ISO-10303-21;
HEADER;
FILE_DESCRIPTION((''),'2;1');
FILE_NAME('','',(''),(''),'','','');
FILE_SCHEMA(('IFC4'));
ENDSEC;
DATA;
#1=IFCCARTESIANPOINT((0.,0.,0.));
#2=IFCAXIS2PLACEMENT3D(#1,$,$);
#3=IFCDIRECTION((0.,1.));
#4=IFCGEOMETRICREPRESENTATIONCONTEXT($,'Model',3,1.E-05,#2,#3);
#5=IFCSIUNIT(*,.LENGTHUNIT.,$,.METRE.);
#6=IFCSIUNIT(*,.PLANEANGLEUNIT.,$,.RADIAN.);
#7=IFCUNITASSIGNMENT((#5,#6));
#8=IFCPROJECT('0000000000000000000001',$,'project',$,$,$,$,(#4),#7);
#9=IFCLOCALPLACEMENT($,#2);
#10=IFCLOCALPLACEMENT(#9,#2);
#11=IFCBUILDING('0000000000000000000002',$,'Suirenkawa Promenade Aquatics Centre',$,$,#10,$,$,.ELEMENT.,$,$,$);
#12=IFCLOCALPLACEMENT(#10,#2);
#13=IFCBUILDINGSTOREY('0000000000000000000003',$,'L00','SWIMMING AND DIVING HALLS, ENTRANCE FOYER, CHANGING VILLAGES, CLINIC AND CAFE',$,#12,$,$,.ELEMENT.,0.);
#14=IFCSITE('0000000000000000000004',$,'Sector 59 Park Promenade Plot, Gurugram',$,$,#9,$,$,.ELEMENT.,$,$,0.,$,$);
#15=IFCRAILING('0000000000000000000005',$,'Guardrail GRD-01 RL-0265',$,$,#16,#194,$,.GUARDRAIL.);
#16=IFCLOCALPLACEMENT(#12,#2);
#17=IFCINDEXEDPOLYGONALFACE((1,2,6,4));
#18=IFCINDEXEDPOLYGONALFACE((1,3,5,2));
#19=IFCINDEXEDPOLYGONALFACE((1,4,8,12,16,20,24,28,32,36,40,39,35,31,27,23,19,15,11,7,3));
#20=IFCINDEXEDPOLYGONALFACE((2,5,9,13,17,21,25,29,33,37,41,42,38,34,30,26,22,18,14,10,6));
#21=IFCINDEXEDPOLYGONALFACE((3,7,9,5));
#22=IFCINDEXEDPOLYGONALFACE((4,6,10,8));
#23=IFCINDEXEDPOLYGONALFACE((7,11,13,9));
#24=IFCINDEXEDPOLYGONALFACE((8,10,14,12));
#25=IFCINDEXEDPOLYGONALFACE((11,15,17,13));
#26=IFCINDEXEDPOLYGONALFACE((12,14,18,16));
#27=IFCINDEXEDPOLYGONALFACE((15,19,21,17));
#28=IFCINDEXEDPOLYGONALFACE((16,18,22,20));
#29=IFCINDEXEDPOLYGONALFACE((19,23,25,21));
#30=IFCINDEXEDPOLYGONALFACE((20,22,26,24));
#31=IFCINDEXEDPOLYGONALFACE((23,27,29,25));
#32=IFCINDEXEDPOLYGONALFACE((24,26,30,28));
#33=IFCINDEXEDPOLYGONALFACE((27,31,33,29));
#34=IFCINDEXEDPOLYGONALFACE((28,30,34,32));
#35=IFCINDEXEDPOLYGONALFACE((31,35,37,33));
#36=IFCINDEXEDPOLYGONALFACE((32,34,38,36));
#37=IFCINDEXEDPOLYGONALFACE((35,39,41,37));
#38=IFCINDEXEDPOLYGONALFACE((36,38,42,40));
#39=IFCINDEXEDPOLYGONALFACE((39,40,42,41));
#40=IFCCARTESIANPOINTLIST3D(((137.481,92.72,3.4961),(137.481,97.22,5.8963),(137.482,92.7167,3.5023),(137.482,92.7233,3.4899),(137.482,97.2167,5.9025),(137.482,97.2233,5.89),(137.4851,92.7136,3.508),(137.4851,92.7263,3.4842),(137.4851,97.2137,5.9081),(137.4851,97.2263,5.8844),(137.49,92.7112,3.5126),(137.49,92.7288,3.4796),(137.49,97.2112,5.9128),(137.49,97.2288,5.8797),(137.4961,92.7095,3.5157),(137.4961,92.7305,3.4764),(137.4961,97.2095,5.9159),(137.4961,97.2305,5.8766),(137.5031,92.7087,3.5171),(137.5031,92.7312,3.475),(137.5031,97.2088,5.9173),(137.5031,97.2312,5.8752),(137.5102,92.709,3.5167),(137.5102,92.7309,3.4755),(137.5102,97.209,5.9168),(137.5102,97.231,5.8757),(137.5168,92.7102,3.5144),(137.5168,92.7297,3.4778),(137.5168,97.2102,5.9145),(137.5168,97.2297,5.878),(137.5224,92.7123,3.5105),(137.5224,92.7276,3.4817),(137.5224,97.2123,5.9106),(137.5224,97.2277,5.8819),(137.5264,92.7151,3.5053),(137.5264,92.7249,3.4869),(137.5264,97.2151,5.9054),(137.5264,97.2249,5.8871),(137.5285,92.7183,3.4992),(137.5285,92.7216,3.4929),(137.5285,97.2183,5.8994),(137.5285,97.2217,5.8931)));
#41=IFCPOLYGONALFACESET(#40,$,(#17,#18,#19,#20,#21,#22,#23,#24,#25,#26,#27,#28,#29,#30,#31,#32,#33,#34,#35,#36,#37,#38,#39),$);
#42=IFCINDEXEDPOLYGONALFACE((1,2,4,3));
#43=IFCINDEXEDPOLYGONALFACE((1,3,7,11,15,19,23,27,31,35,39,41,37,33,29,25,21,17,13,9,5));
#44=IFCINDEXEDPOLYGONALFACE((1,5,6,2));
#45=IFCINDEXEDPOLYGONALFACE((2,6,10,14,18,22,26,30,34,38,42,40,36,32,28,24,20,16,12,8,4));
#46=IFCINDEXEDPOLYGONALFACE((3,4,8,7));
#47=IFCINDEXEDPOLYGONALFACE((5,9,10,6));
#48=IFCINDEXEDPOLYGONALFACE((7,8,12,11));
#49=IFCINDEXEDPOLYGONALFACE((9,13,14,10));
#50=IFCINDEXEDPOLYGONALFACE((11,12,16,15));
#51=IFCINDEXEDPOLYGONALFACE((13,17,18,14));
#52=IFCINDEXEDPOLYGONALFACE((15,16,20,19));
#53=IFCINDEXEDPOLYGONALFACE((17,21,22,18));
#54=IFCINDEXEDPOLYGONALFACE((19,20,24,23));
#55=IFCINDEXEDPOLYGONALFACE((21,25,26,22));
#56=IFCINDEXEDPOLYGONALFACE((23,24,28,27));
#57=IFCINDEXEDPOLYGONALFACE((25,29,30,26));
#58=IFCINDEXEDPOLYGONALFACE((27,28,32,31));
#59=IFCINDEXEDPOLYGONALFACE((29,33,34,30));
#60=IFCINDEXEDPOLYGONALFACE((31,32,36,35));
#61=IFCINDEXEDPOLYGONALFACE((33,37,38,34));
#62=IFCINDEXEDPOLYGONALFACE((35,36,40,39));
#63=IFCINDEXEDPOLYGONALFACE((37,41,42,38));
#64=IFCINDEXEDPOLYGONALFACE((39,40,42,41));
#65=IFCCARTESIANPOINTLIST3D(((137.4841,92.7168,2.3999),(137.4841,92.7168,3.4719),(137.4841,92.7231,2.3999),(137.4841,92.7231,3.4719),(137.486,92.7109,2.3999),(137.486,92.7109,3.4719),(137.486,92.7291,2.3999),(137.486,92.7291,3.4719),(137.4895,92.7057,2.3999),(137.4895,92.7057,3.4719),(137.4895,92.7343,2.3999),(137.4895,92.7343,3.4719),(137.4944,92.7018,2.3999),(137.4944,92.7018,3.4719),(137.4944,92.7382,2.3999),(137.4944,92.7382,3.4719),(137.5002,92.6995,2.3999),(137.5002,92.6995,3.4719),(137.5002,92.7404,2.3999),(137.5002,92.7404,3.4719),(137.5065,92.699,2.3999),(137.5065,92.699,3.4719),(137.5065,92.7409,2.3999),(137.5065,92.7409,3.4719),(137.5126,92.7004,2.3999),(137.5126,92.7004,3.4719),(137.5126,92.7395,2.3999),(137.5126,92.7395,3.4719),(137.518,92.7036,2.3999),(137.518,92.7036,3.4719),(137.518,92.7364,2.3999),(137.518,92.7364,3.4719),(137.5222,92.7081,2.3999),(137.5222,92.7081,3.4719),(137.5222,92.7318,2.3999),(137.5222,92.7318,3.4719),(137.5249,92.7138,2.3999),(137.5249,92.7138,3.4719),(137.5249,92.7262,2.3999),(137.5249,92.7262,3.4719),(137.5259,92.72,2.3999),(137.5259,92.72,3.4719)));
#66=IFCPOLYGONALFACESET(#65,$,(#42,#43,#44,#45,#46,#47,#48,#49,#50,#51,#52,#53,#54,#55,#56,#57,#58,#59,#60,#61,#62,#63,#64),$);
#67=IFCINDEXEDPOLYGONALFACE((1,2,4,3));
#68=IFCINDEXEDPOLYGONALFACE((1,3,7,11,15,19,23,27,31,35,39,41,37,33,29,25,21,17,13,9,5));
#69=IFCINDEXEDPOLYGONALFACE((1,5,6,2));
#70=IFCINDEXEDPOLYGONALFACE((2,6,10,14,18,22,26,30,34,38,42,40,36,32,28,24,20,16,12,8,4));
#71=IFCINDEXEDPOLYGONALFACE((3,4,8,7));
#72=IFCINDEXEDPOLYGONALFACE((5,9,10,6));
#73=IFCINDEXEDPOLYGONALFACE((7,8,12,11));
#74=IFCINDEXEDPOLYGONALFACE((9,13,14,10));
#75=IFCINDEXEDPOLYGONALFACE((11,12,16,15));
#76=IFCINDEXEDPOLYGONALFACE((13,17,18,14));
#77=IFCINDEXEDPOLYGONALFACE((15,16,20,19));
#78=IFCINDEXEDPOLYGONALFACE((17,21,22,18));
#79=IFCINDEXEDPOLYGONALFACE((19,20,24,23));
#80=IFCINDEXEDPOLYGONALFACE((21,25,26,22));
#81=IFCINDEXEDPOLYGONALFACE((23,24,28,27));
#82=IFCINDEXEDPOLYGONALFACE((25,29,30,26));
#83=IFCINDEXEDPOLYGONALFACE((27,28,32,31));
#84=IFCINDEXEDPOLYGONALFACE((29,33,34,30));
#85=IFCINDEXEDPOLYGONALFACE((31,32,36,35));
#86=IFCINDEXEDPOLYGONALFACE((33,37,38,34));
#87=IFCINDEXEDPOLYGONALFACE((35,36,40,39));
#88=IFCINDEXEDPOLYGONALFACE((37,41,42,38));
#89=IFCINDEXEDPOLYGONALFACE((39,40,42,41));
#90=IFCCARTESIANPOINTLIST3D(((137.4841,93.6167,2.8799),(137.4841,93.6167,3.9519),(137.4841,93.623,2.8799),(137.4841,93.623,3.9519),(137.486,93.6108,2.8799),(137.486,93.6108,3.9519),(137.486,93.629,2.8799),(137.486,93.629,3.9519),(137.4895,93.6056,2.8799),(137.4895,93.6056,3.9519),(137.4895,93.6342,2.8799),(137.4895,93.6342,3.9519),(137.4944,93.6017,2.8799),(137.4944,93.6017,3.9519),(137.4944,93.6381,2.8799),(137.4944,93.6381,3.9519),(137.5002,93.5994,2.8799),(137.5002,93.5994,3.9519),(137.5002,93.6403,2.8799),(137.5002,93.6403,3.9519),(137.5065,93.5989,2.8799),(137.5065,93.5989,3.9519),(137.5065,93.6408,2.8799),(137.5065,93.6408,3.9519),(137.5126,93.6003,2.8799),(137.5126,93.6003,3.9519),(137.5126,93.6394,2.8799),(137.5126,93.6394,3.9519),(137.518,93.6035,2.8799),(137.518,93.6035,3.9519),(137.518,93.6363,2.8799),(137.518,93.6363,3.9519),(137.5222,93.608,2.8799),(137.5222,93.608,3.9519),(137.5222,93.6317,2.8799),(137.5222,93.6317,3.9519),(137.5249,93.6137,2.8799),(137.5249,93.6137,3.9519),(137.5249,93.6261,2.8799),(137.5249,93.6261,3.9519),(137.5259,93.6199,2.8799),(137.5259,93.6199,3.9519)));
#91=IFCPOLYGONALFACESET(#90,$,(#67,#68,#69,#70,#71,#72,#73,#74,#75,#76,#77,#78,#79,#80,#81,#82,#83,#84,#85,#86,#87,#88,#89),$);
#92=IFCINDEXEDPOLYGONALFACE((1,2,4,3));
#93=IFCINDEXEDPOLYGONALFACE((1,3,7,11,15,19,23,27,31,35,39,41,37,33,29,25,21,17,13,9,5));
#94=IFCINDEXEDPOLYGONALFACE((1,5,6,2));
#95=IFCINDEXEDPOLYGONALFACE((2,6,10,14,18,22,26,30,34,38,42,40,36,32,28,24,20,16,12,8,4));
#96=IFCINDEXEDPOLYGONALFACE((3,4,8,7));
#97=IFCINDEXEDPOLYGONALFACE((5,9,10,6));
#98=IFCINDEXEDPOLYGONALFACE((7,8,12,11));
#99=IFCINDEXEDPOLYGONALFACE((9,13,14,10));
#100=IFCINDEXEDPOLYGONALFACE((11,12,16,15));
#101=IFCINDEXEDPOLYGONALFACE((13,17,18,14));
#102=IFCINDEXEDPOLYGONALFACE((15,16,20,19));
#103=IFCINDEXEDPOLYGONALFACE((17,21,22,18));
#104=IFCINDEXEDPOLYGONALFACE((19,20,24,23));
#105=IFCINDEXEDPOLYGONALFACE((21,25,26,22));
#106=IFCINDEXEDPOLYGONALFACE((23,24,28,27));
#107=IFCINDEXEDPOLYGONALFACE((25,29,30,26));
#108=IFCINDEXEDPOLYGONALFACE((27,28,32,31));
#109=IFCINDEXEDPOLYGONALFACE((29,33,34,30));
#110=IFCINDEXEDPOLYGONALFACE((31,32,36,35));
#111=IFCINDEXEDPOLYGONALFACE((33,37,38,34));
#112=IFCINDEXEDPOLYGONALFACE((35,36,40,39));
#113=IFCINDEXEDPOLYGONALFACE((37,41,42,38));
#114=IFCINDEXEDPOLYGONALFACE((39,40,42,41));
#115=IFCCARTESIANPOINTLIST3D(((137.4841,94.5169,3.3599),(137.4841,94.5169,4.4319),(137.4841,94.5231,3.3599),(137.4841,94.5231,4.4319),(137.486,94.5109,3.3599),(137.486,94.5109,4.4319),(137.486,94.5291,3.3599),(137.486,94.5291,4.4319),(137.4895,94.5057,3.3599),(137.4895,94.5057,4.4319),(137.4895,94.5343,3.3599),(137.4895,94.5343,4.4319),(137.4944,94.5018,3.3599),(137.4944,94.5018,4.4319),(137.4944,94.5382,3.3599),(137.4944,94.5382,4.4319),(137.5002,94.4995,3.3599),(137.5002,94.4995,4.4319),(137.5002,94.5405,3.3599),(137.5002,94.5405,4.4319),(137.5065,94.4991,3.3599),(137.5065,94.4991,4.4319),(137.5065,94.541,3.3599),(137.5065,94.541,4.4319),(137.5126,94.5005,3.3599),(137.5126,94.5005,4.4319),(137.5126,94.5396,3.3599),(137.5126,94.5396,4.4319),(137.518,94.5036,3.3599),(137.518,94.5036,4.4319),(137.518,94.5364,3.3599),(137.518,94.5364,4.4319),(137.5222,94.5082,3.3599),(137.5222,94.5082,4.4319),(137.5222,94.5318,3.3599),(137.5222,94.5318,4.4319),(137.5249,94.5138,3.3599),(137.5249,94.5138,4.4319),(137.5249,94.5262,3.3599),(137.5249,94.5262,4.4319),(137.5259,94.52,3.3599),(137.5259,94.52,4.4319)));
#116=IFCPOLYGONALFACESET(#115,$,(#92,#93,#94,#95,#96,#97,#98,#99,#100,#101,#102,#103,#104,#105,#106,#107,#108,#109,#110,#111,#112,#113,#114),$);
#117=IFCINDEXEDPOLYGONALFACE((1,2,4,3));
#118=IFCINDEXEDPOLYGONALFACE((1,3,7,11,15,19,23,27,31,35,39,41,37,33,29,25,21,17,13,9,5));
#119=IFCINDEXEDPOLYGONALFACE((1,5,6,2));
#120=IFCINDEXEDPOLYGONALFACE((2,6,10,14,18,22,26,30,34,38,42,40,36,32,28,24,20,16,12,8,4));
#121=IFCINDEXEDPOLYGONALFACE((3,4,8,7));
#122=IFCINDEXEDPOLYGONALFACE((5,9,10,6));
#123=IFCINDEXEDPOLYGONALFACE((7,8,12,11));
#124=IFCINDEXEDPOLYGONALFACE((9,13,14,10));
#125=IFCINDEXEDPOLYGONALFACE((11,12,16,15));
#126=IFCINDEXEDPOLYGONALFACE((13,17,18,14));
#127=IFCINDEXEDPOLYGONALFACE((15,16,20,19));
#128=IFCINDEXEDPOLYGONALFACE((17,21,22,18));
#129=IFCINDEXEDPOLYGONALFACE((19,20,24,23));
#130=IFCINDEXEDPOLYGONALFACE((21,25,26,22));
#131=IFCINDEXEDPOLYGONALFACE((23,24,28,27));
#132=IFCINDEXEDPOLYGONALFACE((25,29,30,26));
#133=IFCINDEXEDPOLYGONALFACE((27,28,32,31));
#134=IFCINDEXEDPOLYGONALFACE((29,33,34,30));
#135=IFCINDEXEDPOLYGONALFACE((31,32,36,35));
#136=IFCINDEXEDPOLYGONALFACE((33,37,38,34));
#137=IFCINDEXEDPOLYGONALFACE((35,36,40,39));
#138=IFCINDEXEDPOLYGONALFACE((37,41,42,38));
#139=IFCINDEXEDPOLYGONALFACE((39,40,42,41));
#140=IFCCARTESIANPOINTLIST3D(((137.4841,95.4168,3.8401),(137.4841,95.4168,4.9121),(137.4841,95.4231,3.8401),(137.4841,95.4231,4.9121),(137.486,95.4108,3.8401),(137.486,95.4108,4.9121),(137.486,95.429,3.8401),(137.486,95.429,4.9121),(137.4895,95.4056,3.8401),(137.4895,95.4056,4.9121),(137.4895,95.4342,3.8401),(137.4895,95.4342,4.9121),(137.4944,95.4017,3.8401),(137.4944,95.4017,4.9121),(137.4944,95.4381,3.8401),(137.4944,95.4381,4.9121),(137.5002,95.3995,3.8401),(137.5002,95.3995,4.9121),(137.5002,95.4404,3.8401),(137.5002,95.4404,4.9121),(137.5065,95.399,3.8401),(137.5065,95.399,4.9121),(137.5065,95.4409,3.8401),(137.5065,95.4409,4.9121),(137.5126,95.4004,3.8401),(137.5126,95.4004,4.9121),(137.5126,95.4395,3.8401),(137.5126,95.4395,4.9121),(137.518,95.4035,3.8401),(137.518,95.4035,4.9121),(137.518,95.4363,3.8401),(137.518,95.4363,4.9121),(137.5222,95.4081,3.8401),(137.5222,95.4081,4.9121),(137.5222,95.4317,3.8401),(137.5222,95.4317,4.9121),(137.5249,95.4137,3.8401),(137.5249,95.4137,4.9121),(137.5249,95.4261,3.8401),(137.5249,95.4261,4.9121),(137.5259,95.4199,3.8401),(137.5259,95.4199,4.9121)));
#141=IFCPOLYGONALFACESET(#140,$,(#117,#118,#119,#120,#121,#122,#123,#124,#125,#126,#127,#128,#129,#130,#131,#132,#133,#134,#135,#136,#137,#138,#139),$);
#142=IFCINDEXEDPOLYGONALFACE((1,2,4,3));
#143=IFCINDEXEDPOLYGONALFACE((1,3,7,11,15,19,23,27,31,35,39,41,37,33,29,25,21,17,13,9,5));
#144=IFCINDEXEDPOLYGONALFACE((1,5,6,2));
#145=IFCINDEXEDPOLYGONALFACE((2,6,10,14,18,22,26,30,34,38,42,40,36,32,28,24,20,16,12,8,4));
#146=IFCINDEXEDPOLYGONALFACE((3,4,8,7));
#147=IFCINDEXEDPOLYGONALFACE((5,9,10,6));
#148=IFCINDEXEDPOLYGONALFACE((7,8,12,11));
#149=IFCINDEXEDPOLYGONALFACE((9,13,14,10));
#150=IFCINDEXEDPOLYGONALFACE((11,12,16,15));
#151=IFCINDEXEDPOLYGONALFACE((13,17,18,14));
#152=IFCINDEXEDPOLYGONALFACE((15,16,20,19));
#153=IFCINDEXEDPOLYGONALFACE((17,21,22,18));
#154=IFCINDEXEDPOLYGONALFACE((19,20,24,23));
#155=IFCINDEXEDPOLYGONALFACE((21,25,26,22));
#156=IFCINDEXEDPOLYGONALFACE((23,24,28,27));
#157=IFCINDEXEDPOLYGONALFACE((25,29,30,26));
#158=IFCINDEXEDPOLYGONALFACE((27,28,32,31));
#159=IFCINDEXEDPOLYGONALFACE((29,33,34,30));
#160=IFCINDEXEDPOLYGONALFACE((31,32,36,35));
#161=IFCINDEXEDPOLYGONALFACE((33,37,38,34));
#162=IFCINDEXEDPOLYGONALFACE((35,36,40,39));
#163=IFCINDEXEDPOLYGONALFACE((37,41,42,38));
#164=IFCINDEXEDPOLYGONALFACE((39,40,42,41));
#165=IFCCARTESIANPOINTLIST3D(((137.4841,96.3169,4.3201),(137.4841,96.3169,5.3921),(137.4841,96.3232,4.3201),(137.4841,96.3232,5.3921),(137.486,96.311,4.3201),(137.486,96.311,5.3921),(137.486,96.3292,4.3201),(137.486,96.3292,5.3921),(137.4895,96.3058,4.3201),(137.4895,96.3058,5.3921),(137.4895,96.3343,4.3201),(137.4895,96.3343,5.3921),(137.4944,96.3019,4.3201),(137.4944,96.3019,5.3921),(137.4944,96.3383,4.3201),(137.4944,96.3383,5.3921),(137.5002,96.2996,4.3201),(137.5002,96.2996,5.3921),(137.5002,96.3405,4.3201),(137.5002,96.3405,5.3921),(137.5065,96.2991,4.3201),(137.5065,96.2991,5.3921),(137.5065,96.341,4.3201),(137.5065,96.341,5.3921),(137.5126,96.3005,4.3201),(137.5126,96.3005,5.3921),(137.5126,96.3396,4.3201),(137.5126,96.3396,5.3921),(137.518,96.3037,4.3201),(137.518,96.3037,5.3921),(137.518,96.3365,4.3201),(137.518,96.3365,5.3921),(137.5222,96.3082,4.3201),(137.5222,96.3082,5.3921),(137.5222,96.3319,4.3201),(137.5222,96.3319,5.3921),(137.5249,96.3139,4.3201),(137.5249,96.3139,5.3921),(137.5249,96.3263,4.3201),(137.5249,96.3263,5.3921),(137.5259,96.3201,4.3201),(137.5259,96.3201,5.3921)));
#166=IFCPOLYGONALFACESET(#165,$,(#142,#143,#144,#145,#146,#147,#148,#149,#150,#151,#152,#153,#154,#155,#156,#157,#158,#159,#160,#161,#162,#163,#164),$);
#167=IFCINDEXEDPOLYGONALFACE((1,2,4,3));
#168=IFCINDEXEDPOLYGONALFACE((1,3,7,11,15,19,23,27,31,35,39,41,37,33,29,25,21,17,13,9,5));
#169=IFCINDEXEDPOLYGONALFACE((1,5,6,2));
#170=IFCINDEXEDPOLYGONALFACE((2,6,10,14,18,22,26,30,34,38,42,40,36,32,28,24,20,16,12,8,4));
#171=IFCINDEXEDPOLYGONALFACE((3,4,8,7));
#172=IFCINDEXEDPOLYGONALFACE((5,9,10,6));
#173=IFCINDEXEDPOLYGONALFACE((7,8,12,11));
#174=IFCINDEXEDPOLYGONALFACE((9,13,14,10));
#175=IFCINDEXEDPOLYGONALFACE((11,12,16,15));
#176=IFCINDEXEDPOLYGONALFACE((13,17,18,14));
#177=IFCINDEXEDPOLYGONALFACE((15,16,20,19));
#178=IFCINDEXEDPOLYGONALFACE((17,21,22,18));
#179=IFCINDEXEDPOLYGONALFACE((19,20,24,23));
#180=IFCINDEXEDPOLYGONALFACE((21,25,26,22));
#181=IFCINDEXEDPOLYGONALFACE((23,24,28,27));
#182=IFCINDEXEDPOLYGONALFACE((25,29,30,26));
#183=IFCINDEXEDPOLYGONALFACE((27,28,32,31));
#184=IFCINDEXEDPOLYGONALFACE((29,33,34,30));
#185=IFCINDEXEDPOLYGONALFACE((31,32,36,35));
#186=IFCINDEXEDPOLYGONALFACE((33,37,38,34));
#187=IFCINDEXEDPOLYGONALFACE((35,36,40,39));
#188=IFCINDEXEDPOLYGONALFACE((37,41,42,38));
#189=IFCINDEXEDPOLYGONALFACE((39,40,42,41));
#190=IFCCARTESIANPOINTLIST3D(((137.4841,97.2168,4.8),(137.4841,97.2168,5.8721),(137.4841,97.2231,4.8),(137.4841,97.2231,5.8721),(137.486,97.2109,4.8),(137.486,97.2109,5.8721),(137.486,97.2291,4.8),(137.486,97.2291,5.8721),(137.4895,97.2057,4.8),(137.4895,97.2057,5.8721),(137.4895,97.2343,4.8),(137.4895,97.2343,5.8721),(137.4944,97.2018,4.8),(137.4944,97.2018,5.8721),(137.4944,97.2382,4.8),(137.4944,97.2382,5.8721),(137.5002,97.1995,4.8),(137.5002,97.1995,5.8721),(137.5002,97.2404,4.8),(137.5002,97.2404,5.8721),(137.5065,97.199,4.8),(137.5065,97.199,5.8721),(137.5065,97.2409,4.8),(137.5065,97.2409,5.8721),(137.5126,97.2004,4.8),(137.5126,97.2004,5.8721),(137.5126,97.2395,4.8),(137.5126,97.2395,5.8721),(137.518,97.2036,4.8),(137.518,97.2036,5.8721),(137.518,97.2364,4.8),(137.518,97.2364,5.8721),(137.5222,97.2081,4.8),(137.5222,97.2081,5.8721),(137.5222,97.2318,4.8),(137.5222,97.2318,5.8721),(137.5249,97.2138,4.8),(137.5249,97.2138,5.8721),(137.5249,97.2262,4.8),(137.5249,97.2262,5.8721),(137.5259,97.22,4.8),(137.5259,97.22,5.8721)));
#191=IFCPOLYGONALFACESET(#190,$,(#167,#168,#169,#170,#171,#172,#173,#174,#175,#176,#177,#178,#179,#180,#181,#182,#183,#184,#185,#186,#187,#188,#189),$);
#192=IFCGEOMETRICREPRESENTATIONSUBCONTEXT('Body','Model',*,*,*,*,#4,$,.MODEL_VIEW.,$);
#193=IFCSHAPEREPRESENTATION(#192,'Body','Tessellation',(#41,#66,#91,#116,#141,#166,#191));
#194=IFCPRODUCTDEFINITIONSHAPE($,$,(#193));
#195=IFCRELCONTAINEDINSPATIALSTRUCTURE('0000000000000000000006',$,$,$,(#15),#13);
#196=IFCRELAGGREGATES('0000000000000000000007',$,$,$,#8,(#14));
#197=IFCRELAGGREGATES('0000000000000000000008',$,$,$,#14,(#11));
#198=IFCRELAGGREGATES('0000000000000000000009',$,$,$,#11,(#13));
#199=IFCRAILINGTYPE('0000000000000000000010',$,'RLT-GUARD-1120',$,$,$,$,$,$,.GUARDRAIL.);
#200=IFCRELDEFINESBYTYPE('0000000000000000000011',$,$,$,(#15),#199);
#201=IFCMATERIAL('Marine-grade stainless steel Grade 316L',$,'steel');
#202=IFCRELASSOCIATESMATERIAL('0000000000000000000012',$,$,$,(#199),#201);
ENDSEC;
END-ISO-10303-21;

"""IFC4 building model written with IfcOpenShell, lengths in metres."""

from ifc_helpers import new_model, si_unit, direction, frame, origin, origin_2d, place, context, subcontext, project, spatial, circle, extrude, material, type_object, element, save


model = new_model("IFC4")

# Units and contexts
model_context = context("Model", 3, precision=1e-05, world=origin(), true_north=direction((0.0, 1.0)))
body_context = subcontext(model_context, "Body", "Model", "MODEL_VIEW")
ifc_project = project(units=[si_unit("LENGTHUNIT", "METRE"), si_unit("PLANEANGLEUNIT", "RADIAN")], contexts=[model_context])

# Site, building, storey
site_placement = place(None, origin())
site = spatial("IfcSite", under=ifc_project, at=site_placement, Name="Sector 59 Park Promenade Plot, Gurugram", CompositionType="ELEMENT", RefElevation=0.0)
building_placement = place(site_placement, origin())
building = spatial("IfcBuilding", under=site, at=building_placement, Name="Suirenkawa Promenade Aquatics Centre", CompositionType="ELEMENT")
storey_placement = place(building_placement, origin())
storey = spatial("IfcBuildingStorey", under=building, at=storey_placement, Name="L00", Description="SWIMMING AND DIVING HALLS, ENTRANCE FOYER, CHANGING VILLAGES, CLINIC AND CAFE", CompositionType="ELEMENT", Elevation=0.0)

# Railing
ifc_material_1 = material(Name="Marine-grade stainless steel Grade 316L", Category="steel")
railing_type_1 = type_object("IfcRailingType", Name="RLT-GUARD-1120", PredefinedType="GUARDRAIL", material=ifc_material_1)
for number, where, name in (
    (1, (137.5049, 92.72, 2.3999), "Guardrail GRD-01 RL-0265"),
):
    element("IfcRailing", number, at=place(storey_placement, frame(where)), inside=storey, type_object=railing_type_1, Name=name, PredefinedType="GUARDRAIL", context=body_context, shape_type="SweptSolid", body=[
        extrude(circle(Radius=0.0239, at=origin_2d()), frame((0.0, 0.0, 1.0962), z_axis=(0.0, 0.882341, 0.470611), x_axis=(-1.0, 0.0, 0.0)), (0.0, 0.0, 1.0), 5.1001),
        extrude(circle(Radius=0.021, at=origin_2d()), origin(), (0.0, 0.0, 1.0), 1.072),
        extrude(circle(Radius=0.021, at=origin_2d()), frame((0.0, 0.8999, 0.48)), (0.0, 0.0, 1.0), 1.072),
        extrude(circle(Radius=0.021, at=origin_2d()), frame((0.0, 1.8, 0.96)), (0.0, 0.0, 1.0), 1.072),
        extrude(circle(Radius=0.021, at=origin_2d()), frame((0.0, 2.7, 1.4402)), (0.0, 0.0, 1.0), 1.072),
        extrude(circle(Radius=0.021, at=origin_2d()), frame((0.0, 3.6001, 1.9202)), (0.0, 0.0, 1.0), 1.072),
        extrude(circle(Radius=0.021, at=origin_2d()), frame((0.0, 4.5, 2.4001)), (0.0, 0.0, 1.0), 1.072),
    ])

save(model, "model.ifc")
